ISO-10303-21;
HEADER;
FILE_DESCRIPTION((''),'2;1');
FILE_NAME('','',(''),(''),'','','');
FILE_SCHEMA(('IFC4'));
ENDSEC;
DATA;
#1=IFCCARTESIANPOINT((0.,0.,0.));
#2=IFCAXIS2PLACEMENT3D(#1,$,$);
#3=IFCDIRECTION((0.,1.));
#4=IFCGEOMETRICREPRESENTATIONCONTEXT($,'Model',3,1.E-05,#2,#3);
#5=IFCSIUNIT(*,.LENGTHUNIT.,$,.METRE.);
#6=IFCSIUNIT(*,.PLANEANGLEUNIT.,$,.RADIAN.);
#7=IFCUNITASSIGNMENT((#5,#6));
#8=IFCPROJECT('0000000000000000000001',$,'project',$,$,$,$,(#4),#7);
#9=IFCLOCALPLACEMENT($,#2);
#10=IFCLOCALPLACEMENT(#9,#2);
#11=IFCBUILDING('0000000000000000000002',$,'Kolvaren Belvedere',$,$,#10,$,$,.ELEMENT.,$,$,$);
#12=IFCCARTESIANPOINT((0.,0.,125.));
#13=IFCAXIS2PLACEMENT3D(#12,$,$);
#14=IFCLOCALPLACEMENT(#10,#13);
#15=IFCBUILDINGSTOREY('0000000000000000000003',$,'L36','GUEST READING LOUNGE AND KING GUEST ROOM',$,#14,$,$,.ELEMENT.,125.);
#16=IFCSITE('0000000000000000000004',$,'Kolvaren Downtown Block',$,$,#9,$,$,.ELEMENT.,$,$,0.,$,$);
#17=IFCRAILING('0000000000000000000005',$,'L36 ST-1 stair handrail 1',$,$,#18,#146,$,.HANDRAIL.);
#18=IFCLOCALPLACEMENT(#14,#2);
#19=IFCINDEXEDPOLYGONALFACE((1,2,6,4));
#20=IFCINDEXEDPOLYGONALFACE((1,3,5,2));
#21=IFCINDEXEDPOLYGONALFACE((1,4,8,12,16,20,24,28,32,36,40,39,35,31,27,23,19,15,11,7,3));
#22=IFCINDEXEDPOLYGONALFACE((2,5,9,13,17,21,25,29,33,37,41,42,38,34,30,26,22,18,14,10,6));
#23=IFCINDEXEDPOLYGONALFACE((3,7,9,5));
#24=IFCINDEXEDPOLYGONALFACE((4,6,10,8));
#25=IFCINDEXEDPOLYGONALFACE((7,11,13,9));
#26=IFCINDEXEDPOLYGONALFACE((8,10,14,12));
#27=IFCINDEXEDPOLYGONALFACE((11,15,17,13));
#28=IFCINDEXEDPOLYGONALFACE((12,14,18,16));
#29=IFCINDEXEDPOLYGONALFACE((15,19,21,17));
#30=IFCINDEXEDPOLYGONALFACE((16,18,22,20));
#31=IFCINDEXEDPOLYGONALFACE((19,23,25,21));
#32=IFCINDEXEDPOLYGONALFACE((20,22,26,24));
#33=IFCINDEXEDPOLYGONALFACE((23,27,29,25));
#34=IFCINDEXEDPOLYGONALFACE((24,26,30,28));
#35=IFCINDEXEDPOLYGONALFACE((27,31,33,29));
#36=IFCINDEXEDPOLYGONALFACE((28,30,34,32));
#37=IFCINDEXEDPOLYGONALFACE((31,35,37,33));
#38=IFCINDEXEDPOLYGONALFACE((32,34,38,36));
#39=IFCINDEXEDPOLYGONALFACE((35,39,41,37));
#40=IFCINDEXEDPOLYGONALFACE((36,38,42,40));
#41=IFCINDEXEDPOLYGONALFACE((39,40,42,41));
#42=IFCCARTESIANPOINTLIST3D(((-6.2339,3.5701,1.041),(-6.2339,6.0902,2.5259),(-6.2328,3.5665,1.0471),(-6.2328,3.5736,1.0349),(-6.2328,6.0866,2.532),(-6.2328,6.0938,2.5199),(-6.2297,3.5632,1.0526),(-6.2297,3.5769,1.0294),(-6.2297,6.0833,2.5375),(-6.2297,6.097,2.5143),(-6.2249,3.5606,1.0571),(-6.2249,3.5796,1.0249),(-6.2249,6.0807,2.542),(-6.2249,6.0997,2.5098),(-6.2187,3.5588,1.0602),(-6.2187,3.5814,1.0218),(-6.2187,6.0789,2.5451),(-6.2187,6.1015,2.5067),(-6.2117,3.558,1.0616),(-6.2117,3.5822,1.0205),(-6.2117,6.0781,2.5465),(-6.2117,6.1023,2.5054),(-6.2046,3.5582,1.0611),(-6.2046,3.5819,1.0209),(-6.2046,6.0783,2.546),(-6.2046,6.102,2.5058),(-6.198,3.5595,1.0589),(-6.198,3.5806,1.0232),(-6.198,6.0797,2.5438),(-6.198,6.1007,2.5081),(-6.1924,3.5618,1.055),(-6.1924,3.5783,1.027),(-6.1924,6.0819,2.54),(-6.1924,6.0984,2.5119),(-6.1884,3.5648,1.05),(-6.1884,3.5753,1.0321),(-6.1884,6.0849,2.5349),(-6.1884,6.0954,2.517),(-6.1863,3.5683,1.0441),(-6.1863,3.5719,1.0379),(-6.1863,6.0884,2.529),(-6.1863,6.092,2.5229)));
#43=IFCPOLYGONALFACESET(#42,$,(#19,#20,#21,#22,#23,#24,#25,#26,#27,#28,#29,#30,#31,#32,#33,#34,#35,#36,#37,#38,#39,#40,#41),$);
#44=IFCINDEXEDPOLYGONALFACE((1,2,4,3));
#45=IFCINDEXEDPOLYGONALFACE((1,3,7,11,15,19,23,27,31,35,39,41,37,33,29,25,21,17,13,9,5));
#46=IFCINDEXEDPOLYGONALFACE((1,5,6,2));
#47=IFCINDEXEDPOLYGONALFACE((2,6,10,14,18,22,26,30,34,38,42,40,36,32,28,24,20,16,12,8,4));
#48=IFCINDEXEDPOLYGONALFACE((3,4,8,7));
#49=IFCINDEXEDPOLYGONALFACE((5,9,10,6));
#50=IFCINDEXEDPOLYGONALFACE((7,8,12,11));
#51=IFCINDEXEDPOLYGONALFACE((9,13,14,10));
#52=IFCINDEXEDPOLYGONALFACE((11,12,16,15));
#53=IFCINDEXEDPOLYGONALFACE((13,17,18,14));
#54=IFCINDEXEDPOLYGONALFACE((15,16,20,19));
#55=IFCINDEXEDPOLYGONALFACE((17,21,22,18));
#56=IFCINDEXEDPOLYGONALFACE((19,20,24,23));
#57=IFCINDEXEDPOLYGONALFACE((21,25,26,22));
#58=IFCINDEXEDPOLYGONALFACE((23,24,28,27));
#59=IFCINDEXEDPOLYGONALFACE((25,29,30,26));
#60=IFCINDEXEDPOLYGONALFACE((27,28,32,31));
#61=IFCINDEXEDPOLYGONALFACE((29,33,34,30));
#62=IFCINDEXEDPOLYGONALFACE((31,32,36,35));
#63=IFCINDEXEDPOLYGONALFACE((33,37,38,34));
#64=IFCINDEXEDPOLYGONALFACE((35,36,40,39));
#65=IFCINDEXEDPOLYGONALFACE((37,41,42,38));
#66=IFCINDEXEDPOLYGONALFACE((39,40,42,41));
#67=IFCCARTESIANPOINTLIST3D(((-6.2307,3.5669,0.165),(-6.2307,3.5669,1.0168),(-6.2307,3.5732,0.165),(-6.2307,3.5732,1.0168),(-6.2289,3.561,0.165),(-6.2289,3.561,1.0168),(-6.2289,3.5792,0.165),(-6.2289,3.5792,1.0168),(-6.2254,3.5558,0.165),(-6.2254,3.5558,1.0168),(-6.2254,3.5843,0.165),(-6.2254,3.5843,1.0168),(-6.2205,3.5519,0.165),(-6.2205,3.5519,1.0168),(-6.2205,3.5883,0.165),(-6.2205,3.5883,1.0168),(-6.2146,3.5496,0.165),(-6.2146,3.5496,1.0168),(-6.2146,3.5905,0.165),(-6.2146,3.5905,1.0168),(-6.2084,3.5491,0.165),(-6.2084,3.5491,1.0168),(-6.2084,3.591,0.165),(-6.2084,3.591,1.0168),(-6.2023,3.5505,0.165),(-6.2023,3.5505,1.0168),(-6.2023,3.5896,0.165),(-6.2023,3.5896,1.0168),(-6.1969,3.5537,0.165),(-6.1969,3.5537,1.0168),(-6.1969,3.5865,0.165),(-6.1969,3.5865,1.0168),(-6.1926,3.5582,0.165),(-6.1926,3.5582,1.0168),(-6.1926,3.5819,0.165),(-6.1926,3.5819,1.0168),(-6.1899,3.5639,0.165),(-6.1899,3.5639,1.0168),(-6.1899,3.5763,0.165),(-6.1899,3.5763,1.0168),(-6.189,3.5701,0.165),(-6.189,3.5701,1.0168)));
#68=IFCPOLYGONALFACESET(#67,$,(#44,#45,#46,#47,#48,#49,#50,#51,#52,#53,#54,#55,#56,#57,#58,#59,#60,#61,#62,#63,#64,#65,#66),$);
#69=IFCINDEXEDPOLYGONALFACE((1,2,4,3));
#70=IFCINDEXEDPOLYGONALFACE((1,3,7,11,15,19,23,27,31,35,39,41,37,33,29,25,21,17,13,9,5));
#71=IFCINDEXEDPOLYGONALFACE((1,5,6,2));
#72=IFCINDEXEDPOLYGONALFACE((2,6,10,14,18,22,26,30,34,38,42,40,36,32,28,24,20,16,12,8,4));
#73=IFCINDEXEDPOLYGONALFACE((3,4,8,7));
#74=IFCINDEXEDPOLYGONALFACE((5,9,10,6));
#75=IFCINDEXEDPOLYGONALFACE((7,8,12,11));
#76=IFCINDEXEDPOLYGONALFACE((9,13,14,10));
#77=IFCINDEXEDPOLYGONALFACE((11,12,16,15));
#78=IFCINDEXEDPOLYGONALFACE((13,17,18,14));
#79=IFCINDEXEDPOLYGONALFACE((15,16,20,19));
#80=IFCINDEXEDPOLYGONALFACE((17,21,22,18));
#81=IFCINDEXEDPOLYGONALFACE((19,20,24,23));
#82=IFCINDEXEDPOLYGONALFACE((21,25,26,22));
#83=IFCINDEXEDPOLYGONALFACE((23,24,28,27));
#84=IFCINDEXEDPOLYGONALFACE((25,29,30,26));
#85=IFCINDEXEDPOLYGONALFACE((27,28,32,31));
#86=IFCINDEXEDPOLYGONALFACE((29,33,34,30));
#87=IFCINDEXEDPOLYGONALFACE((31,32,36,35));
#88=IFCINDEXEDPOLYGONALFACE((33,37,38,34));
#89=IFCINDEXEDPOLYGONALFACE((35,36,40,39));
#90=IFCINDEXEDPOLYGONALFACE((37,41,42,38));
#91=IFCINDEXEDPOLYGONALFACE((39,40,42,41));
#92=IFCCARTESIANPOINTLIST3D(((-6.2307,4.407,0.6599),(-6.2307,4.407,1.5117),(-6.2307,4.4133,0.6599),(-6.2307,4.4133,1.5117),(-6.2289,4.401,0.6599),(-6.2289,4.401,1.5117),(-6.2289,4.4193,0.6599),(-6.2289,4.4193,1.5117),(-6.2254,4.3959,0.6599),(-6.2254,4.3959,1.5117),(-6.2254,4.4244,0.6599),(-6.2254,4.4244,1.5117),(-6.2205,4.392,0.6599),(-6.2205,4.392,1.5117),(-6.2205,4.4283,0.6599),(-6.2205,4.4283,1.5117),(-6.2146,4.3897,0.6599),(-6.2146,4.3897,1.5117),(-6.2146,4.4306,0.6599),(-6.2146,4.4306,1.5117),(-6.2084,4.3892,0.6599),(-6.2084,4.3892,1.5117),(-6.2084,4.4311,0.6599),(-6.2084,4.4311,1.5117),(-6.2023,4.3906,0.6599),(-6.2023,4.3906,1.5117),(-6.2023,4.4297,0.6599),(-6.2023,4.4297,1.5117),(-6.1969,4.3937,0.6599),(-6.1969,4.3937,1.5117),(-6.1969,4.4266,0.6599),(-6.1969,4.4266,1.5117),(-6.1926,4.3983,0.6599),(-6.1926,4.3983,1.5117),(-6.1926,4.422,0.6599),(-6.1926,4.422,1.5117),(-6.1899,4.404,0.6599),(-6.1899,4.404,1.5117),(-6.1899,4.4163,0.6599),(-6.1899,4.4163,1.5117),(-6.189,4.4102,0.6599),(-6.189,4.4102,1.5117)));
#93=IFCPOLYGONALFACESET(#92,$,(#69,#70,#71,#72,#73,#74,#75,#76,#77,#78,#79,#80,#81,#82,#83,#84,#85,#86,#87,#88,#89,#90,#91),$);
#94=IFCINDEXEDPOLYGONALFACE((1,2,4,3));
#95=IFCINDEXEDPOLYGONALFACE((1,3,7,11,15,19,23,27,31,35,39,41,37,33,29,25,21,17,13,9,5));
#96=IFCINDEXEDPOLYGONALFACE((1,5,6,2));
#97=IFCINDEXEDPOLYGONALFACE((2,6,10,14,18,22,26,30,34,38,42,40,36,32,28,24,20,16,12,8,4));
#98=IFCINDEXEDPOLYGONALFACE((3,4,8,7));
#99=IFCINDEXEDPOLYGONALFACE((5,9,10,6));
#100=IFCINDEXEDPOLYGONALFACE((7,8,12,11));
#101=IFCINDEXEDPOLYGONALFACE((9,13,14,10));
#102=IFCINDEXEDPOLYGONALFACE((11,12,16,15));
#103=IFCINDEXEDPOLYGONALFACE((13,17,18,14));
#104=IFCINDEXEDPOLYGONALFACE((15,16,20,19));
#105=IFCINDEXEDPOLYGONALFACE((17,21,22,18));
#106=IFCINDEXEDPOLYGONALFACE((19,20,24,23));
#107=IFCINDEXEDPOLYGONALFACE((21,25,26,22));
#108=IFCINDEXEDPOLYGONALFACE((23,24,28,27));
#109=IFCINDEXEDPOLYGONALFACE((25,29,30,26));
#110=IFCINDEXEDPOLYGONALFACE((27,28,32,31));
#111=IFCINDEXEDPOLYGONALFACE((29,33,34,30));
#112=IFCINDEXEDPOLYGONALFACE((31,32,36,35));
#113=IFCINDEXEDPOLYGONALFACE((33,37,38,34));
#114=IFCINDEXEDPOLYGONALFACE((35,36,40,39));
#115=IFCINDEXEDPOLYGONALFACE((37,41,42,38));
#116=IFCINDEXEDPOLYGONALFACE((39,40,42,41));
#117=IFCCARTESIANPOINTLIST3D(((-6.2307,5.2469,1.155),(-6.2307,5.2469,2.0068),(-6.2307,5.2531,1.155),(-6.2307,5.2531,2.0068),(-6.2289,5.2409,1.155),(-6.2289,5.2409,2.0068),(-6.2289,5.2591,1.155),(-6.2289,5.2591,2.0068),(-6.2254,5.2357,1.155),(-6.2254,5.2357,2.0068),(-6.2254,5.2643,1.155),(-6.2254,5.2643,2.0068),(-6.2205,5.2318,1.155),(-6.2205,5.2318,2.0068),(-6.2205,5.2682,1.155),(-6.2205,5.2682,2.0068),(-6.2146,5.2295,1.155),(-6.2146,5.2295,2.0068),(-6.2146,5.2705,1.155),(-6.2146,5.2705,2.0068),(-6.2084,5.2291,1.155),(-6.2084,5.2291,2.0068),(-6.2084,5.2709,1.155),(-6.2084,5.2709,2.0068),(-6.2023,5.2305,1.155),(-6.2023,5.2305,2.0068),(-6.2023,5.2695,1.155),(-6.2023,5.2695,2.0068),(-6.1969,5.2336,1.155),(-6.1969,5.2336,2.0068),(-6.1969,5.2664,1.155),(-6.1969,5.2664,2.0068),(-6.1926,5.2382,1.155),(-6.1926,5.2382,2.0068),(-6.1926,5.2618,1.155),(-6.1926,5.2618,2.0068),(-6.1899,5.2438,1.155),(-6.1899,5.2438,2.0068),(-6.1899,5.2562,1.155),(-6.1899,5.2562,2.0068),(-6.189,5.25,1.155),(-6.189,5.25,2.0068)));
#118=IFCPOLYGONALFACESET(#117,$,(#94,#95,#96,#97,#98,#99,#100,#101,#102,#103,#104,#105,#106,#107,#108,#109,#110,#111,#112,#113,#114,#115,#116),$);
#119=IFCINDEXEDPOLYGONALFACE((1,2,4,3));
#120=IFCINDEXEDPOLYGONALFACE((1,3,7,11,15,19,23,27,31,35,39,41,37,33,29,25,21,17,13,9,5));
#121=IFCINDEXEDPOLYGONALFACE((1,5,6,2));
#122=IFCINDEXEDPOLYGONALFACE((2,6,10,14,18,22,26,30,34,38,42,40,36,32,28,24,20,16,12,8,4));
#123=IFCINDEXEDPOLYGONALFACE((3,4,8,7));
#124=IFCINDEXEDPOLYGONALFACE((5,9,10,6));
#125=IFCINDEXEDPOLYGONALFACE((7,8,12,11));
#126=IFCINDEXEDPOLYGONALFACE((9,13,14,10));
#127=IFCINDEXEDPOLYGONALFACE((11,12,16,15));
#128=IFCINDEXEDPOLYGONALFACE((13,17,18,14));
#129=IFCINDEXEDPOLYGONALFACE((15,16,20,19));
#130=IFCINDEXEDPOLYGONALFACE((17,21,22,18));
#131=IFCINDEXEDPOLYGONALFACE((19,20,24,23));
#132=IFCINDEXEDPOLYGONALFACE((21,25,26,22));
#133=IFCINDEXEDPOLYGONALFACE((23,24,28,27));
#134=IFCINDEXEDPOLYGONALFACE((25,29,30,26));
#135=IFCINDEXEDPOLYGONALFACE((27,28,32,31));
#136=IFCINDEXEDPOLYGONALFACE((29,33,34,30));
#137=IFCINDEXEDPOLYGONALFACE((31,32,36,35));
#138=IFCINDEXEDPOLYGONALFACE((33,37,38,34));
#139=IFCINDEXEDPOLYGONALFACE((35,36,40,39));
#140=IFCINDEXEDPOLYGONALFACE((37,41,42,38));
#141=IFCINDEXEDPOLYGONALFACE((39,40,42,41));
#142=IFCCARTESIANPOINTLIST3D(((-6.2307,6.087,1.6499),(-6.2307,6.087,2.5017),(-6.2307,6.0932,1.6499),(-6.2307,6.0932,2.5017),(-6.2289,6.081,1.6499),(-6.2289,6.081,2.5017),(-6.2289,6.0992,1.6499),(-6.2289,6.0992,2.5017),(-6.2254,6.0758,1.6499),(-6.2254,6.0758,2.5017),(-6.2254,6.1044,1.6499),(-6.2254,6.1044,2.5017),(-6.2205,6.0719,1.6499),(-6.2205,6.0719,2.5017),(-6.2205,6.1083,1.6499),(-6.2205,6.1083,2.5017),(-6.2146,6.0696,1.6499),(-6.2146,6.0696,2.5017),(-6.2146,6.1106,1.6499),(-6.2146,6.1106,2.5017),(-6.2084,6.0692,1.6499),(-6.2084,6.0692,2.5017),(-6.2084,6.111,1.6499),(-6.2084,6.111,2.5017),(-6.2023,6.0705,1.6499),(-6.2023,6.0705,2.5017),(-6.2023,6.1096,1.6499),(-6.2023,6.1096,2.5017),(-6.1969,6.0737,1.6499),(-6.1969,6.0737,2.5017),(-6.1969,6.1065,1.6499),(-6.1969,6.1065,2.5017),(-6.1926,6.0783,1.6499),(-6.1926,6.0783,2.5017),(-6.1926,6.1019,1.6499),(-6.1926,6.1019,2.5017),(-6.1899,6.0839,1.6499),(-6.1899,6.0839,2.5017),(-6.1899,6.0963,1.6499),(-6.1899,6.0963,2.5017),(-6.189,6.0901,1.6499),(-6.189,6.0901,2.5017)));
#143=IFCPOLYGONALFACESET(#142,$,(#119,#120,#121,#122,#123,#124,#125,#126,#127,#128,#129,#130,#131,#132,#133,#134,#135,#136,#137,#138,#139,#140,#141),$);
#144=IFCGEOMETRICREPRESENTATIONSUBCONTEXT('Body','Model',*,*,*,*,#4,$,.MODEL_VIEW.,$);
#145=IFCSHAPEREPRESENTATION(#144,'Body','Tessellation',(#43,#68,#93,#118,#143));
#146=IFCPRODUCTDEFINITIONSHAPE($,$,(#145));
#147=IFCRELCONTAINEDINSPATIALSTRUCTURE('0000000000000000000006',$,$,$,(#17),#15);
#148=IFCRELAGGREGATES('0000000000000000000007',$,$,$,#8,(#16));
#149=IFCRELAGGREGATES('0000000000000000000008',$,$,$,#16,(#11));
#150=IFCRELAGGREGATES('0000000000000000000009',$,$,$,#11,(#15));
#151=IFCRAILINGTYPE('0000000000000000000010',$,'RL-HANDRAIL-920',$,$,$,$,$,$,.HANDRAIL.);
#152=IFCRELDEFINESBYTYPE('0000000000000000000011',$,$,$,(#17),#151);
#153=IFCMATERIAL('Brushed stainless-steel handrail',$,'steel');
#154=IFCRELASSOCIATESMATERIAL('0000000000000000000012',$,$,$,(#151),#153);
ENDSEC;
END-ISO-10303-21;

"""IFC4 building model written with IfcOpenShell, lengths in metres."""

from ifc_helpers import new_model, si_unit, direction, frame, origin, origin_2d, place, context, subcontext, project, spatial, circle, extrude, material, type_object, element, save


model = new_model("IFC4")

# Units and contexts
model_context = context("Model", 3, precision=1e-05, world=origin(), true_north=direction((0.0, 1.0)))
body_context = subcontext(model_context, "Body", "Model", "MODEL_VIEW")
ifc_project = project(units=[si_unit("LENGTHUNIT", "METRE"), si_unit("PLANEANGLEUNIT", "RADIAN")], contexts=[model_context])

# Site, building, storey
site_placement = place(None, origin())
site = spatial("IfcSite", under=ifc_project, at=site_placement, Name="Kolvaren Downtown Block", CompositionType="ELEMENT", RefElevation=0.0)
building_placement = place(site_placement, origin())
building = spatial("IfcBuilding", under=site, at=building_placement, Name="Kolvaren Belvedere", CompositionType="ELEMENT")
storey_placement = place(building_placement, frame((0.0, 0.0, 125.0)))
storey = spatial("IfcBuildingStorey", under=building, at=storey_placement, Name="L36", Description="GUEST READING LOUNGE AND KING GUEST ROOM", CompositionType="ELEMENT", Elevation=125.0)

# Railing
ifc_material_1 = material(Name="Brushed stainless-steel handrail", Category="steel")
railing_type_1 = type_object("IfcRailingType", Name="RL-HANDRAIL-920", PredefinedType="HANDRAIL", material=ifc_material_1)
railing_1_placement = place(storey_placement, frame((-6.21, 3.5701, 0.165)))
element("IfcRailing", 1, at=railing_1_placement, inside=storey, type_object=railing_type_1, Name="L36 ST-1 stair handrail 1", PredefinedType="HANDRAIL", context=body_context, shape_type="SweptSolid", body=[
    extrude(circle(Radius=0.0239, at=origin_2d()), frame((0.0, 0.0, 0.876), z_axis=(0.0, 0.861561, 0.507655), x_axis=(-1.0, 0.0, 0.0)), (0.0, 0.0, 1.0), 2.925),
    extrude(circle(Radius=0.021, at=origin_2d()), origin(), (0.0, 0.0, 1.0), 0.8518),
    extrude(circle(Radius=0.021, at=origin_2d()), frame((0.0, 0.8401, 0.4949)), (0.0, 0.0, 1.0), 0.8518),
    extrude(circle(Radius=0.021, at=origin_2d()), frame((0.0, 1.6799, 0.99)), (0.0, 0.0, 1.0), 0.8518),
    extrude(circle(Radius=0.021, at=origin_2d()), frame((0.0, 2.52, 1.4849)), (0.0, 0.0, 1.0), 0.8518),
])

save(model, "model.ifc")
